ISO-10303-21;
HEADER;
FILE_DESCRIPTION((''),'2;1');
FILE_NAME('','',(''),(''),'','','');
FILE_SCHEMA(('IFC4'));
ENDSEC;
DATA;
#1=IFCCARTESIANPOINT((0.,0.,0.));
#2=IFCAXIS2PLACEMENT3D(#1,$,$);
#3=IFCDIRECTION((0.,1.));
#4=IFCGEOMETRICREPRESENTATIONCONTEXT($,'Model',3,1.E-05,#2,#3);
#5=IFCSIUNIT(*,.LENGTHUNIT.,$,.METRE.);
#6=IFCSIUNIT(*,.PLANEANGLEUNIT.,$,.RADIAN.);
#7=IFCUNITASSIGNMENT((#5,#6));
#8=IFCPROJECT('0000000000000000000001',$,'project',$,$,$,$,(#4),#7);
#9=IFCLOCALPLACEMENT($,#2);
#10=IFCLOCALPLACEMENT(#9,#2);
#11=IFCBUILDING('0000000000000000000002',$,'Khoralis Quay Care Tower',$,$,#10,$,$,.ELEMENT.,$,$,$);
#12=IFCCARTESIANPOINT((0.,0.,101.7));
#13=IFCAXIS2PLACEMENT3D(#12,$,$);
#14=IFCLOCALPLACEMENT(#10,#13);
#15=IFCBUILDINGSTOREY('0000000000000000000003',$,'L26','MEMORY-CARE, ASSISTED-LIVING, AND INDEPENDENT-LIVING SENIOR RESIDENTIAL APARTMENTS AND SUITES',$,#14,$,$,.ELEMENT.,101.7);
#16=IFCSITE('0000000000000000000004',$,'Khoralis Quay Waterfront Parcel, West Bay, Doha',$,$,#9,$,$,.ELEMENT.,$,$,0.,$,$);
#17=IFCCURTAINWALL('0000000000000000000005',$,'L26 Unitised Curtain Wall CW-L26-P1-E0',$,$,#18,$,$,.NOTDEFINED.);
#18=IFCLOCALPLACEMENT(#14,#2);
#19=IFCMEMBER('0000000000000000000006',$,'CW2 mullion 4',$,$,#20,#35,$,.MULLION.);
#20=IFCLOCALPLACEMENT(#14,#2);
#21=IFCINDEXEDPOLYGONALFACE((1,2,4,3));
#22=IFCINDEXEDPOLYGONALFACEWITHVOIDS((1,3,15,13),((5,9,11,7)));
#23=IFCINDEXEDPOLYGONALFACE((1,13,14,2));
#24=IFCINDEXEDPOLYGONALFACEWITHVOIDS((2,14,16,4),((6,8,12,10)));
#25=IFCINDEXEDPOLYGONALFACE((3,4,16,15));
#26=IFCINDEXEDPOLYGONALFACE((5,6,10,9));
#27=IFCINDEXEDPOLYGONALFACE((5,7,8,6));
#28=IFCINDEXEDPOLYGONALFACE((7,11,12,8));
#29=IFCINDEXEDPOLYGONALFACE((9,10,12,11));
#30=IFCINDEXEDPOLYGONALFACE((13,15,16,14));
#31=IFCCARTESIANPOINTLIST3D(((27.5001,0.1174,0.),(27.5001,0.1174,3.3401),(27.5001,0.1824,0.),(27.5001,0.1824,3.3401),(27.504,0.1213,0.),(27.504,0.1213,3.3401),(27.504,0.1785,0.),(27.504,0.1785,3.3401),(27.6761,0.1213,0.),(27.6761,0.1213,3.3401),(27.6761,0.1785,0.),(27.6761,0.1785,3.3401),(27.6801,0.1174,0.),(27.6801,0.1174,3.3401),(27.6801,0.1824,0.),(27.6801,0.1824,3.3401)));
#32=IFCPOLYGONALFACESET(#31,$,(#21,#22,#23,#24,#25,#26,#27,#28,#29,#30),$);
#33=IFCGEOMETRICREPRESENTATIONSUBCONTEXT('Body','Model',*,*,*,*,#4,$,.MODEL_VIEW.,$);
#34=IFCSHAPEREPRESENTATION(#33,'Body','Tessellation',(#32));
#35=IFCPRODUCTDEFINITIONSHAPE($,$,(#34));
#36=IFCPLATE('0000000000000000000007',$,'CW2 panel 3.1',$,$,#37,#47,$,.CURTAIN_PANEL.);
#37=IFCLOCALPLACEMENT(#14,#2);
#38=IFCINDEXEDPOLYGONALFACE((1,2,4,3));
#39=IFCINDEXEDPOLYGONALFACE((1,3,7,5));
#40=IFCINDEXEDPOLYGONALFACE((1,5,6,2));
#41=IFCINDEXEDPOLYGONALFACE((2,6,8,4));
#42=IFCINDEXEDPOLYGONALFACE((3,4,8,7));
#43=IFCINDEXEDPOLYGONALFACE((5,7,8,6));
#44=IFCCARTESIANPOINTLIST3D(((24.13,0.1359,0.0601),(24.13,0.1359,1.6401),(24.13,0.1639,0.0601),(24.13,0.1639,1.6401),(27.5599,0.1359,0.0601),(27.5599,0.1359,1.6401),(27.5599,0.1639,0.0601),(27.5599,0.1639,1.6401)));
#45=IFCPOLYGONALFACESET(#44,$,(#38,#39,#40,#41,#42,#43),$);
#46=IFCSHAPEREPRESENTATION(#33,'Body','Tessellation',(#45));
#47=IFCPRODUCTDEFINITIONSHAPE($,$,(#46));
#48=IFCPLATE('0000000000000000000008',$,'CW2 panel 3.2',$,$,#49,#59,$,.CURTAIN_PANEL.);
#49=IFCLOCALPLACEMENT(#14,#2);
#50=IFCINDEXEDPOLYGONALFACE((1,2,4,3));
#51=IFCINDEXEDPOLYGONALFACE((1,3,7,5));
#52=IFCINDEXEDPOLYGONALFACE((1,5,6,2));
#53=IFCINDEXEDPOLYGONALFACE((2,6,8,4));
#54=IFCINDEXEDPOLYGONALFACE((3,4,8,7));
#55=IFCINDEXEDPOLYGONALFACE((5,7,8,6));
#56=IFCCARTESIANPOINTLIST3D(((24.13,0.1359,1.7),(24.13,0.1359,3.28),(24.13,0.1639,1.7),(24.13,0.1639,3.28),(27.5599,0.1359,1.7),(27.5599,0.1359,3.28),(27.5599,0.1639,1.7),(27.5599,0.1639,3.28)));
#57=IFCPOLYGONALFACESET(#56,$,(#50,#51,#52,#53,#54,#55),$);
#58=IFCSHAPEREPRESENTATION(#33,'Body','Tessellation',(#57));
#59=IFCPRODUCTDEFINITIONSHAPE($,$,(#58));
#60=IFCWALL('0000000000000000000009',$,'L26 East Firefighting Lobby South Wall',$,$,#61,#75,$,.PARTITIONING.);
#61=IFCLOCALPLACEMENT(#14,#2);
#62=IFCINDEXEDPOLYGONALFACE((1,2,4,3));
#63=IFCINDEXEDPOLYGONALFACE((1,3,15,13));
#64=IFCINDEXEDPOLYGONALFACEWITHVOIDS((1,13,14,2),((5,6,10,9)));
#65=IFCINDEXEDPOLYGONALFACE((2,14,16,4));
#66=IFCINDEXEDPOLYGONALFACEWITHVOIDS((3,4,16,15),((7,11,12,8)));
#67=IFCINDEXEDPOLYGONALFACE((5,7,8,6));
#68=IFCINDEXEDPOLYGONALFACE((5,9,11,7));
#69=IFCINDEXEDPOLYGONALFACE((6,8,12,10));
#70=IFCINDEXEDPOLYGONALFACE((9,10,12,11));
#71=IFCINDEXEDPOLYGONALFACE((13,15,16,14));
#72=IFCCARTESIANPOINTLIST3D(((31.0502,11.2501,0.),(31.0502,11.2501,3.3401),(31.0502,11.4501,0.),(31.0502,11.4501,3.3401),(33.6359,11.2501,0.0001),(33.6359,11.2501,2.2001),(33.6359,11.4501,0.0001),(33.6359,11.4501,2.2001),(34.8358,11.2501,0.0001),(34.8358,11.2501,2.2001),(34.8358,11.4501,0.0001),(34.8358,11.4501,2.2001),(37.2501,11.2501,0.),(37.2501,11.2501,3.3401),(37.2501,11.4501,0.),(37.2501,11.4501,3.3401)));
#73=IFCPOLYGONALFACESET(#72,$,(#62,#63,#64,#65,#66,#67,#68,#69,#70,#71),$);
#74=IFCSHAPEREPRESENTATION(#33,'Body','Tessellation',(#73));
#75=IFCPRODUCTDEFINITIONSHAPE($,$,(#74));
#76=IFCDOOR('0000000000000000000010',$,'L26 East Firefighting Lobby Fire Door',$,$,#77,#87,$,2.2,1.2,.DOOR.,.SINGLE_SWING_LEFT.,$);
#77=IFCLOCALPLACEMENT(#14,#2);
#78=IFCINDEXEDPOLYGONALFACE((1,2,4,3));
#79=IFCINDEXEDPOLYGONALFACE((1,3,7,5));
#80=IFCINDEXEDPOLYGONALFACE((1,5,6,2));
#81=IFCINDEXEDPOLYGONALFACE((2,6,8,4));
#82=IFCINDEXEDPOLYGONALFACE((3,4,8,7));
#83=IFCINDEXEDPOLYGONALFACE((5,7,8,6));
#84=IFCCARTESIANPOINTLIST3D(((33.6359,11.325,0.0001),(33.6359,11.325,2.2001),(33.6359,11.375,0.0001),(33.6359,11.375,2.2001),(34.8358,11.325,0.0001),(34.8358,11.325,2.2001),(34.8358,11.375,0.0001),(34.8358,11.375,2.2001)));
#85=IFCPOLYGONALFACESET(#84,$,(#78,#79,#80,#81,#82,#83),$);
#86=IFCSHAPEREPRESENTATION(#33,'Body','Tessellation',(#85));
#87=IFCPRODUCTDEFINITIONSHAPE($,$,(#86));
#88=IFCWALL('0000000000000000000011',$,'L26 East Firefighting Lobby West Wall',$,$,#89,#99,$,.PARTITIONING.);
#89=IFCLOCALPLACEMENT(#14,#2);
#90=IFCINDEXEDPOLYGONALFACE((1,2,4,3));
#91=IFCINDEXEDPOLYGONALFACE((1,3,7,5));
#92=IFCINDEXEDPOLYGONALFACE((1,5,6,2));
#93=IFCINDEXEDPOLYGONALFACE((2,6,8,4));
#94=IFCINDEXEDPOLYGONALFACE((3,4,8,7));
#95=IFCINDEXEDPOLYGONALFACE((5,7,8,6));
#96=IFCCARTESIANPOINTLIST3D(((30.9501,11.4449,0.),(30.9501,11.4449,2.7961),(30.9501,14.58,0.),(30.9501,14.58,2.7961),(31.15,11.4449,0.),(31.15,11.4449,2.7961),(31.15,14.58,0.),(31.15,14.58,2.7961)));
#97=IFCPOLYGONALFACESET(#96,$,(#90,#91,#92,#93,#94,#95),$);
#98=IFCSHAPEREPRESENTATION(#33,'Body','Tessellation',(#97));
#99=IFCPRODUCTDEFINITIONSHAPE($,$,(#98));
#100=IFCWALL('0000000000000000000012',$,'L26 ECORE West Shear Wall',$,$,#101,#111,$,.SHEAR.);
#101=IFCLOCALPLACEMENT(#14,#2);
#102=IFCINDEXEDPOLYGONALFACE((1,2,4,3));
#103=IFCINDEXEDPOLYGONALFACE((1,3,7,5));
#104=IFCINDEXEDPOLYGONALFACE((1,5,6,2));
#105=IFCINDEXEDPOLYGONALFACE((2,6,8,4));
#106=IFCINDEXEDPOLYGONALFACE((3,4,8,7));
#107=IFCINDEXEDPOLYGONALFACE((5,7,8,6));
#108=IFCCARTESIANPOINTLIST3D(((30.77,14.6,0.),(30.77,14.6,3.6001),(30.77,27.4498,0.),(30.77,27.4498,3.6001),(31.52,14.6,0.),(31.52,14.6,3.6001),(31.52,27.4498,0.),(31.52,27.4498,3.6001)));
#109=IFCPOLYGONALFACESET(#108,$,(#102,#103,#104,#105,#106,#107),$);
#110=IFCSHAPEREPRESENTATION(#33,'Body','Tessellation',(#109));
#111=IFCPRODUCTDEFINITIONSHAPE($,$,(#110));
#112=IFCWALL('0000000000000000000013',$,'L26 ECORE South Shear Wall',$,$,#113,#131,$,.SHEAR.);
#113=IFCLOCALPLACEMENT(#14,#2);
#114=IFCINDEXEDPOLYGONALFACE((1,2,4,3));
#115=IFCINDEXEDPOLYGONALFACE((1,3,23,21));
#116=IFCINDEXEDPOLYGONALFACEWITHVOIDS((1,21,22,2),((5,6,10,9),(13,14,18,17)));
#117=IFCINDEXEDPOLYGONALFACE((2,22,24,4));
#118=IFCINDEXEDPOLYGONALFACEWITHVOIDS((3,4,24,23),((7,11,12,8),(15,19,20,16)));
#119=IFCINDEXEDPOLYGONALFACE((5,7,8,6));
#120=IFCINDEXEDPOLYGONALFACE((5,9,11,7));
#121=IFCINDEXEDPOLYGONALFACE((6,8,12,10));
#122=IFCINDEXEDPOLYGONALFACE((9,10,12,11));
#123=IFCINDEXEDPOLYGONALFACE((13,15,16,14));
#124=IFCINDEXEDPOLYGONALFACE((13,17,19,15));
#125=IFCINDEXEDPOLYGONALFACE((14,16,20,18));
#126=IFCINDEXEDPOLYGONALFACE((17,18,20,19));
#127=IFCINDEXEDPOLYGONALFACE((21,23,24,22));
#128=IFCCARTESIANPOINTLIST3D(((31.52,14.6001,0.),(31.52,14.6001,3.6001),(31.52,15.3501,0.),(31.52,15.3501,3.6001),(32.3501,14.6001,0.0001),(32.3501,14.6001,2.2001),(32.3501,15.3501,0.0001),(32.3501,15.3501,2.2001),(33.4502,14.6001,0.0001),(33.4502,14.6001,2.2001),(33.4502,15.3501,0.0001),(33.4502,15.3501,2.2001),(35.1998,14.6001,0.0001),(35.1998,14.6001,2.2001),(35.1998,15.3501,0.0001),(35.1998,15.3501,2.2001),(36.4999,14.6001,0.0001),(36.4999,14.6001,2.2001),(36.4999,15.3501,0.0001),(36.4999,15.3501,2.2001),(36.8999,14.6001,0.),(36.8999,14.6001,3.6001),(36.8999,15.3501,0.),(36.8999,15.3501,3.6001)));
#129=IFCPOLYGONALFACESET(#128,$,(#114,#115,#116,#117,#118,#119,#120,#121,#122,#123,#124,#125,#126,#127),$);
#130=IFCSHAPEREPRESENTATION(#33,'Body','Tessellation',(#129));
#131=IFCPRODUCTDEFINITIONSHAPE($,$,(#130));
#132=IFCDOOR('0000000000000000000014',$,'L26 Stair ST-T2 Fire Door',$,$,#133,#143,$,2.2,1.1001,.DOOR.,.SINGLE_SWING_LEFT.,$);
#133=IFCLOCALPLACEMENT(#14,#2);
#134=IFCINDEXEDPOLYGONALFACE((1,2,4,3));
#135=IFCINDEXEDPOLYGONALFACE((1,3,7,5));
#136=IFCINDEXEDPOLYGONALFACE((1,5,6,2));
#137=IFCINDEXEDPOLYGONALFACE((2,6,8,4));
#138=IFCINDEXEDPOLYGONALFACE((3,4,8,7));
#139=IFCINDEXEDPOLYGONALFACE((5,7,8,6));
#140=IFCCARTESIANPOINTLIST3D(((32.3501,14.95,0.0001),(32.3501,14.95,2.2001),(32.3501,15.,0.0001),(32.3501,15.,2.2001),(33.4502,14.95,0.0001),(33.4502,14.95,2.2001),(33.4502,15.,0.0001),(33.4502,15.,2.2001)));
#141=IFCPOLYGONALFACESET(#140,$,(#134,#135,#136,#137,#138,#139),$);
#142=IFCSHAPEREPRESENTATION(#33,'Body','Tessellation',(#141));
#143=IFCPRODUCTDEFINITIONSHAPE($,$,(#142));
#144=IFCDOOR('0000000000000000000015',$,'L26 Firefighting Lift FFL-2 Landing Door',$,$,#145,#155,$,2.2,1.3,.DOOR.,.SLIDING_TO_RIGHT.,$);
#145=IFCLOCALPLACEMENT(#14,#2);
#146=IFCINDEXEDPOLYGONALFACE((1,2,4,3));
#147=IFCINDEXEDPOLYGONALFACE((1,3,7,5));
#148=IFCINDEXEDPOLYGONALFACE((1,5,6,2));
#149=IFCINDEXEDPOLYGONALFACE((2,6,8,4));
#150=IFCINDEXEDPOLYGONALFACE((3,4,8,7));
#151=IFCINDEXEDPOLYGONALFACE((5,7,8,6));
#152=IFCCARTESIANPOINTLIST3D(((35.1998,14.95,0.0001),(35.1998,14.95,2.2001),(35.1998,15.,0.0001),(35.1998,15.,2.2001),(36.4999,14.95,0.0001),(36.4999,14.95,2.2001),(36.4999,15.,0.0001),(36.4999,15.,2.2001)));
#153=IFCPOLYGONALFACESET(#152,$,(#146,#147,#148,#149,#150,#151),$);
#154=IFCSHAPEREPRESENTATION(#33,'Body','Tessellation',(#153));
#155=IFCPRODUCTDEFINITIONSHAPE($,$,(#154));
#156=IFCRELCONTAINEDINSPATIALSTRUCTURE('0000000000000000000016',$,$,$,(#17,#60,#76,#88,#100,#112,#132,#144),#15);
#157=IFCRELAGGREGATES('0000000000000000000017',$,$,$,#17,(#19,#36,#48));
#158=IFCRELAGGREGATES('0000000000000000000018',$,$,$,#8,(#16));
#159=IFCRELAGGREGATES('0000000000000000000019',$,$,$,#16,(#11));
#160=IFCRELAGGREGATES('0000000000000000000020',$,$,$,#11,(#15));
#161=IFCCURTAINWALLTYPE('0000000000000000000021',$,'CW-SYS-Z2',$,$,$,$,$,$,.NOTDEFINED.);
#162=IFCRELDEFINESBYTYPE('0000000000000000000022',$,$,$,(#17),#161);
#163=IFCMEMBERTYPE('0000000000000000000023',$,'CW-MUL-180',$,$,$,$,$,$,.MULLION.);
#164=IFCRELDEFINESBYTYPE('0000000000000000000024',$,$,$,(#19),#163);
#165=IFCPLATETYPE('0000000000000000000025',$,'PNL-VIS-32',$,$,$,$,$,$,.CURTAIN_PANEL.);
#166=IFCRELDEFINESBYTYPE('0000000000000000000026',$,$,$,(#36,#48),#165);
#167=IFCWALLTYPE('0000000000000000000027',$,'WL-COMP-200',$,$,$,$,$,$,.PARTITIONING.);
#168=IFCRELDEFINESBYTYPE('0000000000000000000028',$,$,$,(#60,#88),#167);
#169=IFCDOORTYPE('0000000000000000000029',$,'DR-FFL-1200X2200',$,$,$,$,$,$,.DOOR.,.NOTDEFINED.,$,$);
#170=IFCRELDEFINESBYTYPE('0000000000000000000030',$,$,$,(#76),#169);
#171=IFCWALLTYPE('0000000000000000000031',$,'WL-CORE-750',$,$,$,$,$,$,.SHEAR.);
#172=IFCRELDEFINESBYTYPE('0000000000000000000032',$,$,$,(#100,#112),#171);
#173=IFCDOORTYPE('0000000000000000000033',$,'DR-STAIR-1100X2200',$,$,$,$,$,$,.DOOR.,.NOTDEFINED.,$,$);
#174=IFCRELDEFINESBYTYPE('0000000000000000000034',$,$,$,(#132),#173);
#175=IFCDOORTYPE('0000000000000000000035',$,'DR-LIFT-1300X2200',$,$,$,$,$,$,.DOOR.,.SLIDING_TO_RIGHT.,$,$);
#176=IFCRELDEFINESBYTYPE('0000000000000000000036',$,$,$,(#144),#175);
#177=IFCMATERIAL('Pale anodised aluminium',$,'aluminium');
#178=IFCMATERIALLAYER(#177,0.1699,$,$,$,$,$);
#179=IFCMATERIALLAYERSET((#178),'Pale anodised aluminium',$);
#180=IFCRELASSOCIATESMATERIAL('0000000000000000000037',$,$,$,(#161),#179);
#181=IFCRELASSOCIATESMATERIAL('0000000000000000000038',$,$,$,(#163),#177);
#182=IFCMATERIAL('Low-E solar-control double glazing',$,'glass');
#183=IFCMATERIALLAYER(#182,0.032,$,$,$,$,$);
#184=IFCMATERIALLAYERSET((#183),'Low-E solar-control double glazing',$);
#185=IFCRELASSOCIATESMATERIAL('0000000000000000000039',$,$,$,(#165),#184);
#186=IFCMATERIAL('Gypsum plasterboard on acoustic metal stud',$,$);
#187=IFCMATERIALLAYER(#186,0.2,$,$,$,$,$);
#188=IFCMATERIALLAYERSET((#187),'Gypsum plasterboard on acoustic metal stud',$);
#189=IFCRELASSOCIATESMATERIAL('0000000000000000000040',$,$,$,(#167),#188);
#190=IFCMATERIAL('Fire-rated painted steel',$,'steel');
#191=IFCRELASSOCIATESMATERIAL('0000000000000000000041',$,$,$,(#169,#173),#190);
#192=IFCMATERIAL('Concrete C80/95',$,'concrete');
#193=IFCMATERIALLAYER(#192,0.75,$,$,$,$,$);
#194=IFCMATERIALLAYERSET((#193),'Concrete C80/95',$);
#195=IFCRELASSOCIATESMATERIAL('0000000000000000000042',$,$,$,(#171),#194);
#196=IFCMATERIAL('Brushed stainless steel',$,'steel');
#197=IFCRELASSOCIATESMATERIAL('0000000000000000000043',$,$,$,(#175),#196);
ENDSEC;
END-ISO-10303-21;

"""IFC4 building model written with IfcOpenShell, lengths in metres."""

from ifc_helpers import new_model, si_unit, direction, frame, frame_2d, origin, origin_2d, place, context, subcontext, project, spatial, rectangle, hollow_rectangle, extrude, source, transform, mapped, material, layer, layer_set, material_profile, profile_set, type_object, element, fill, aggregate, save


model = new_model("IFC4")

# Units and contexts
model_context = context("Model", 3, precision=1e-05, world=origin(), true_north=direction((0.0, 1.0)))
body_context = subcontext(model_context, "Body", "Model", "MODEL_VIEW")
ifc_project = project(units=[si_unit("LENGTHUNIT", "METRE"), si_unit("PLANEANGLEUNIT", "RADIAN")], contexts=[model_context])

# Site, building, storey
site_placement = place(None, origin())
site = spatial("IfcSite", under=ifc_project, at=site_placement, Name="Khoralis Quay Waterfront Parcel, West Bay, Doha", CompositionType="ELEMENT", RefElevation=0.0)
building_placement = place(site_placement, origin())
building = spatial("IfcBuilding", under=site, at=building_placement, Name="Khoralis Quay Care Tower", CompositionType="ELEMENT")
storey_placement = place(building_placement, frame((0.0, 0.0, 101.7)))
storey = spatial("IfcBuildingStorey", under=building, at=storey_placement, Name="L26", Description="MEMORY-CARE, ASSISTED-LIVING, AND INDEPENDENT-LIVING SENIOR RESIDENTIAL APARTMENTS AND SUITES", CompositionType="ELEMENT", Elevation=101.7)

# Curtain wall, member, plates
ifc_material_1 = material(Name="Pale anodised aluminium", Category="aluminium")
ifc_layer_1 = layer(ifc_material_1, 0.1699)
ifc_layer_set_1 = layer_set([ifc_layer_1], Name="Pale anodised aluminium")
curtain_wall_type = type_object("IfcCurtainWallType", Name="CW-SYS-Z2", PredefinedType="NOTDEFINED", material=ifc_layer_set_1)
curtain_wall_placement = place(storey_placement, origin())
curtain_wall = element("IfcCurtainWall", 1, at=curtain_wall_placement, inside=storey, type_object=curtain_wall_type, Name="L26 Unitised Curtain Wall CW-L26-P1-E0", PredefinedType="NOTDEFINED")
ifc_material_profile_1 = material_profile(ifc_material_1, hollow_rectangle(XDim=0.0649, YDim=0.1799, WallThickness=0.0039, at=origin_2d()), Name="Pale anodised aluminium")
ifc_profile_set_1 = profile_set([ifc_material_profile_1], Name="Pale anodised aluminium")
member_type = type_object("IfcMemberType", Name="CW-MUL-180", PredefinedType="MULLION", material=ifc_profile_set_1)
shared_shape_1 = source(origin(), body_context, "Body", "SweptSolid", [
    extrude(hollow_rectangle(XDim=0.0649, YDim=0.1799, WallThickness=0.0039, at=origin_2d()), origin(), (0.0, 0.0, 1.0), 3.3401),
])
member_placement = place(storey_placement, frame((27.5901, 0.1499, 0.0), z_axis=(0.0, 0.0, 1.0), x_axis=(0.0, 1.0, 0.0)))
member = element("IfcMember", 2, at=member_placement, type_object=member_type, Name="CW2 mullion 4", PredefinedType="MULLION", context=body_context, shape_type="MappedRepresentation", body=[
    mapped(shared_shape_1, transform((0.0, 0.0, 0.0), scale=1.0)),
])
ifc_material_2 = material(Name="Low-E solar-control double glazing", Category="glass")
ifc_layer_2 = layer(ifc_material_2, 0.032)
ifc_layer_set_2 = layer_set([ifc_layer_2], Name="Low-E solar-control double glazing")
plate_type = type_object("IfcPlateType", Name="PNL-VIS-32", PredefinedType="CURTAIN_PANEL", material=ifc_layer_set_2)
shared_shape_2 = source(origin(), body_context, "Body", "SweptSolid", [
    extrude(rectangle(XDim=3.4299, YDim=0.0281, at=origin_2d()), origin(), (0.0, 0.0, 1.0), 1.5801),
])
plate_1_placement = place(storey_placement, frame((25.845, 0.1499, 0.0601), z_axis=(0.0, 0.0, 1.0), x_axis=(1.0, 0.0, 0.0)))
plate_1 = element("IfcPlate", 3, at=plate_1_placement, type_object=plate_type, Name="CW2 panel 3.1", PredefinedType="CURTAIN_PANEL", context=body_context, shape_type="MappedRepresentation", body=[
    mapped(shared_shape_2, transform((0.0, 0.0, 0.0), scale=1.0)),
])
plate_2_placement = place(storey_placement, frame((25.845, 0.1499, 1.7), z_axis=(0.0, 0.0, 1.0), x_axis=(1.0, 0.0, 0.0)))
plate_2 = element("IfcPlate", 4, at=plate_2_placement, type_object=plate_type, Name="CW2 panel 3.2", PredefinedType="CURTAIN_PANEL", context=body_context, shape_type="MappedRepresentation", body=[
    mapped(shared_shape_2, transform((0.0, 0.0, 0.0), scale=1.0)),
])
aggregate(curtain_wall, [member, plate_1, plate_2])

# Wall, opening, door
ifc_material_3 = material(Name="Gypsum plasterboard on acoustic metal stud")
ifc_layer_3 = layer(ifc_material_3, 0.2)
ifc_layer_set_3 = layer_set([ifc_layer_3], Name="Gypsum plasterboard on acoustic metal stud")
wall_type_1 = type_object("IfcWallType", Name="WL-COMP-200", PredefinedType="PARTITIONING", material=ifc_layer_set_3)
wall_1_placement = place(storey_placement, frame((31.05, 11.3501, 0.0), z_axis=(0.0, 0.0, 1.0), x_axis=(1.0, 0.0, 0.0)))
wall_1 = element("IfcWall", 5, at=wall_1_placement, inside=storey, type_object=wall_type_1, Name="L26 East Firefighting Lobby South Wall", PredefinedType="PARTITIONING", context=body_context, shape_type="SweptSolid", body=[
    extrude(rectangle(XDim=6.2, YDim=0.2, at=frame_2d((3.1001, 0.0))), origin(), (0.0, 0.0, 1.0), 3.3401),
])
opening_1_placement = place(wall_1_placement, frame((2.5857, 0.0, 0.0)))
opening_1 = element("IfcOpeningElement", 6, at=opening_1_placement, cuts=wall_1, PredefinedType="OPENING", context=body_context, shape_type="SweptSolid", body=[
    extrude(rectangle(XDim=1.2, YDim=2.2, at=frame_2d((0.6001, 1.1001))), frame((0.0, 0.1099, 0.0), z_axis=(0.0, -1.0, 0.0), x_axis=(1.0, 0.0, 0.0)), (0.0, 0.0, 1.0), 0.22),
])
ifc_material_4 = material(Name="Fire-rated painted steel", Category="steel")
door_type_1 = type_object("IfcDoorType", Name="DR-FFL-1200X2200", OperationType="NOTDEFINED", PredefinedType="DOOR", material=ifc_material_4)
shared_shape_3 = source(origin(), body_context, "Body", "SweptSolid", [
    extrude(rectangle(XDim=1.2, YDim=2.2, at=frame_2d((0.6001, 1.1001))), frame((0.0, 0.0249, 0.0), z_axis=(0.0, -1.0, 0.0), x_axis=(1.0, 0.0, 0.0)), (0.0, 0.0, 1.0), 0.05),
])
door_1_placement = place(opening_1_placement, origin())
door_1 = element("IfcDoor", 7, at=door_1_placement, inside=storey, type_object=door_type_1, Name="L26 East Firefighting Lobby Fire Door", OperationType="SINGLE_SWING_LEFT", OverallHeight=2.2, OverallWidth=1.2, PredefinedType="DOOR", context=body_context, shape_type="MappedRepresentation", body=[
    mapped(shared_shape_3, transform((0.0, 0.0, 0.0), scale=1.0)),
])
fill(opening_1, door_1)

# Walls
wall_2_placement = place(storey_placement, frame((31.05, 11.4451, 0.0), z_axis=(0.0, 0.0, 1.0), x_axis=(0.0, 1.0, 0.0)))
element("IfcWall", 8, at=wall_2_placement, inside=storey, type_object=wall_type_1, Name="L26 East Firefighting Lobby West Wall", PredefinedType="PARTITIONING", context=body_context, shape_type="SweptSolid", body=[
    extrude(rectangle(XDim=3.135, YDim=0.2, at=frame_2d((1.5674, 0.0))), origin(), (0.0, 0.0, 1.0), 2.7961),
])
ifc_material_5 = material(Name="Concrete C80/95", Category="concrete")
ifc_layer_4 = layer(ifc_material_5, 0.75)
ifc_layer_set_4 = layer_set([ifc_layer_4], Name="Concrete C80/95")
wall_type_2 = type_object("IfcWallType", Name="WL-CORE-750", PredefinedType="SHEAR", material=ifc_layer_set_4)
wall_3_placement = place(storey_placement, frame((31.145, 14.6001, 0.0), z_axis=(0.0, 0.0, 1.0), x_axis=(0.0, 1.0, 0.0)))
element("IfcWall", 9, at=wall_3_placement, inside=storey, type_object=wall_type_2, Name="L26 ECORE West Shear Wall", PredefinedType="SHEAR", context=body_context, shape_type="SweptSolid", body=[
    extrude(rectangle(XDim=12.8499, YDim=0.75, at=frame_2d((6.4248, 0.0))), origin(), (0.0, 0.0, 1.0), 3.6001),
])

# Wall, openings, doors
wall_4_placement = place(storey_placement, frame((31.52, 14.9751, 0.0), z_axis=(0.0, 0.0, 1.0), x_axis=(1.0, 0.0, 0.0)))
wall_4 = element("IfcWall", 10, at=wall_4_placement, inside=storey, type_object=wall_type_2, Name="L26 ECORE South Shear Wall", PredefinedType="SHEAR", context=body_context, shape_type="SweptSolid", body=[
    extrude(rectangle(XDim=5.3799, YDim=0.75, at=frame_2d((2.6899, 0.0))), origin(), (0.0, 0.0, 1.0), 3.6001),
])
opening_2_placement = place(wall_4_placement, frame((0.8301, 0.0, 0.0)))
opening_2 = element("IfcOpeningElement", 11, at=opening_2_placement, cuts=wall_4, PredefinedType="OPENING", context=body_context, shape_type="SweptSolid", body=[
    extrude(rectangle(XDim=1.1001, YDim=2.2, at=frame_2d((0.55, 1.1001))), frame((0.0, 0.385, 0.0), z_axis=(0.0, -1.0, 0.0), x_axis=(1.0, 0.0, 0.0)), (0.0, 0.0, 1.0), 0.77),
])
opening_3_placement = place(wall_4_placement, frame((3.6799, 0.0, 0.0)))
opening_3 = element("IfcOpeningElement", 12, at=opening_3_placement, cuts=wall_4, PredefinedType="OPENING", context=body_context, shape_type="SweptSolid", body=[
    extrude(rectangle(XDim=1.3, YDim=2.2, at=frame_2d((0.6499, 1.1001))), frame((0.0, 0.385, 0.0), z_axis=(0.0, -1.0, 0.0), x_axis=(1.0, 0.0, 0.0)), (0.0, 0.0, 1.0), 0.77),
])
door_type_2 = type_object("IfcDoorType", Name="DR-STAIR-1100X2200", OperationType="NOTDEFINED", PredefinedType="DOOR", material=ifc_material_4)
shared_shape_4 = source(origin(), body_context, "Body", "SweptSolid", [
    extrude(rectangle(XDim=1.1001, YDim=2.2, at=frame_2d((0.55, 1.1001))), frame((0.0, 0.0249, 0.0), z_axis=(0.0, -1.0, 0.0), x_axis=(1.0, 0.0, 0.0)), (0.0, 0.0, 1.0), 0.05),
])
door_2_placement = place(opening_2_placement, origin())
door_2 = element("IfcDoor", 13, at=door_2_placement, inside=storey, type_object=door_type_2, Name="L26 Stair ST-T2 Fire Door", OperationType="SINGLE_SWING_LEFT", OverallHeight=2.2, OverallWidth=1.1001, PredefinedType="DOOR", context=body_context, shape_type="MappedRepresentation", body=[
    mapped(shared_shape_4, transform((0.0, 0.0, 0.0), scale=1.0)),
])
fill(opening_2, door_2)
ifc_material_6 = material(Name="Brushed stainless steel", Category="steel")
door_type_3 = type_object("IfcDoorType", Name="DR-LIFT-1300X2200", OperationType="SLIDING_TO_RIGHT", PredefinedType="DOOR", material=ifc_material_6)
shared_shape_5 = source(origin(), body_context, "Body", "SweptSolid", [
    extrude(rectangle(XDim=1.3, YDim=2.2, at=frame_2d((0.6499, 1.1001))), frame((0.0, 0.0249, 0.0), z_axis=(0.0, -1.0, 0.0), x_axis=(1.0, 0.0, 0.0)), (0.0, 0.0, 1.0), 0.05),
])
door_3_placement = place(opening_3_placement, origin())
door_3 = element("IfcDoor", 14, at=door_3_placement, inside=storey, type_object=door_type_3, Name="L26 Firefighting Lift FFL-2 Landing Door", OperationType="SLIDING_TO_RIGHT", OverallHeight=2.2, OverallWidth=1.3, PredefinedType="DOOR", context=body_context, shape_type="MappedRepresentation", body=[
    mapped(shared_shape_5, transform((0.0, 0.0, 0.0), scale=1.0)),
])
fill(opening_3, door_3)

save(model, "model.ifc")
